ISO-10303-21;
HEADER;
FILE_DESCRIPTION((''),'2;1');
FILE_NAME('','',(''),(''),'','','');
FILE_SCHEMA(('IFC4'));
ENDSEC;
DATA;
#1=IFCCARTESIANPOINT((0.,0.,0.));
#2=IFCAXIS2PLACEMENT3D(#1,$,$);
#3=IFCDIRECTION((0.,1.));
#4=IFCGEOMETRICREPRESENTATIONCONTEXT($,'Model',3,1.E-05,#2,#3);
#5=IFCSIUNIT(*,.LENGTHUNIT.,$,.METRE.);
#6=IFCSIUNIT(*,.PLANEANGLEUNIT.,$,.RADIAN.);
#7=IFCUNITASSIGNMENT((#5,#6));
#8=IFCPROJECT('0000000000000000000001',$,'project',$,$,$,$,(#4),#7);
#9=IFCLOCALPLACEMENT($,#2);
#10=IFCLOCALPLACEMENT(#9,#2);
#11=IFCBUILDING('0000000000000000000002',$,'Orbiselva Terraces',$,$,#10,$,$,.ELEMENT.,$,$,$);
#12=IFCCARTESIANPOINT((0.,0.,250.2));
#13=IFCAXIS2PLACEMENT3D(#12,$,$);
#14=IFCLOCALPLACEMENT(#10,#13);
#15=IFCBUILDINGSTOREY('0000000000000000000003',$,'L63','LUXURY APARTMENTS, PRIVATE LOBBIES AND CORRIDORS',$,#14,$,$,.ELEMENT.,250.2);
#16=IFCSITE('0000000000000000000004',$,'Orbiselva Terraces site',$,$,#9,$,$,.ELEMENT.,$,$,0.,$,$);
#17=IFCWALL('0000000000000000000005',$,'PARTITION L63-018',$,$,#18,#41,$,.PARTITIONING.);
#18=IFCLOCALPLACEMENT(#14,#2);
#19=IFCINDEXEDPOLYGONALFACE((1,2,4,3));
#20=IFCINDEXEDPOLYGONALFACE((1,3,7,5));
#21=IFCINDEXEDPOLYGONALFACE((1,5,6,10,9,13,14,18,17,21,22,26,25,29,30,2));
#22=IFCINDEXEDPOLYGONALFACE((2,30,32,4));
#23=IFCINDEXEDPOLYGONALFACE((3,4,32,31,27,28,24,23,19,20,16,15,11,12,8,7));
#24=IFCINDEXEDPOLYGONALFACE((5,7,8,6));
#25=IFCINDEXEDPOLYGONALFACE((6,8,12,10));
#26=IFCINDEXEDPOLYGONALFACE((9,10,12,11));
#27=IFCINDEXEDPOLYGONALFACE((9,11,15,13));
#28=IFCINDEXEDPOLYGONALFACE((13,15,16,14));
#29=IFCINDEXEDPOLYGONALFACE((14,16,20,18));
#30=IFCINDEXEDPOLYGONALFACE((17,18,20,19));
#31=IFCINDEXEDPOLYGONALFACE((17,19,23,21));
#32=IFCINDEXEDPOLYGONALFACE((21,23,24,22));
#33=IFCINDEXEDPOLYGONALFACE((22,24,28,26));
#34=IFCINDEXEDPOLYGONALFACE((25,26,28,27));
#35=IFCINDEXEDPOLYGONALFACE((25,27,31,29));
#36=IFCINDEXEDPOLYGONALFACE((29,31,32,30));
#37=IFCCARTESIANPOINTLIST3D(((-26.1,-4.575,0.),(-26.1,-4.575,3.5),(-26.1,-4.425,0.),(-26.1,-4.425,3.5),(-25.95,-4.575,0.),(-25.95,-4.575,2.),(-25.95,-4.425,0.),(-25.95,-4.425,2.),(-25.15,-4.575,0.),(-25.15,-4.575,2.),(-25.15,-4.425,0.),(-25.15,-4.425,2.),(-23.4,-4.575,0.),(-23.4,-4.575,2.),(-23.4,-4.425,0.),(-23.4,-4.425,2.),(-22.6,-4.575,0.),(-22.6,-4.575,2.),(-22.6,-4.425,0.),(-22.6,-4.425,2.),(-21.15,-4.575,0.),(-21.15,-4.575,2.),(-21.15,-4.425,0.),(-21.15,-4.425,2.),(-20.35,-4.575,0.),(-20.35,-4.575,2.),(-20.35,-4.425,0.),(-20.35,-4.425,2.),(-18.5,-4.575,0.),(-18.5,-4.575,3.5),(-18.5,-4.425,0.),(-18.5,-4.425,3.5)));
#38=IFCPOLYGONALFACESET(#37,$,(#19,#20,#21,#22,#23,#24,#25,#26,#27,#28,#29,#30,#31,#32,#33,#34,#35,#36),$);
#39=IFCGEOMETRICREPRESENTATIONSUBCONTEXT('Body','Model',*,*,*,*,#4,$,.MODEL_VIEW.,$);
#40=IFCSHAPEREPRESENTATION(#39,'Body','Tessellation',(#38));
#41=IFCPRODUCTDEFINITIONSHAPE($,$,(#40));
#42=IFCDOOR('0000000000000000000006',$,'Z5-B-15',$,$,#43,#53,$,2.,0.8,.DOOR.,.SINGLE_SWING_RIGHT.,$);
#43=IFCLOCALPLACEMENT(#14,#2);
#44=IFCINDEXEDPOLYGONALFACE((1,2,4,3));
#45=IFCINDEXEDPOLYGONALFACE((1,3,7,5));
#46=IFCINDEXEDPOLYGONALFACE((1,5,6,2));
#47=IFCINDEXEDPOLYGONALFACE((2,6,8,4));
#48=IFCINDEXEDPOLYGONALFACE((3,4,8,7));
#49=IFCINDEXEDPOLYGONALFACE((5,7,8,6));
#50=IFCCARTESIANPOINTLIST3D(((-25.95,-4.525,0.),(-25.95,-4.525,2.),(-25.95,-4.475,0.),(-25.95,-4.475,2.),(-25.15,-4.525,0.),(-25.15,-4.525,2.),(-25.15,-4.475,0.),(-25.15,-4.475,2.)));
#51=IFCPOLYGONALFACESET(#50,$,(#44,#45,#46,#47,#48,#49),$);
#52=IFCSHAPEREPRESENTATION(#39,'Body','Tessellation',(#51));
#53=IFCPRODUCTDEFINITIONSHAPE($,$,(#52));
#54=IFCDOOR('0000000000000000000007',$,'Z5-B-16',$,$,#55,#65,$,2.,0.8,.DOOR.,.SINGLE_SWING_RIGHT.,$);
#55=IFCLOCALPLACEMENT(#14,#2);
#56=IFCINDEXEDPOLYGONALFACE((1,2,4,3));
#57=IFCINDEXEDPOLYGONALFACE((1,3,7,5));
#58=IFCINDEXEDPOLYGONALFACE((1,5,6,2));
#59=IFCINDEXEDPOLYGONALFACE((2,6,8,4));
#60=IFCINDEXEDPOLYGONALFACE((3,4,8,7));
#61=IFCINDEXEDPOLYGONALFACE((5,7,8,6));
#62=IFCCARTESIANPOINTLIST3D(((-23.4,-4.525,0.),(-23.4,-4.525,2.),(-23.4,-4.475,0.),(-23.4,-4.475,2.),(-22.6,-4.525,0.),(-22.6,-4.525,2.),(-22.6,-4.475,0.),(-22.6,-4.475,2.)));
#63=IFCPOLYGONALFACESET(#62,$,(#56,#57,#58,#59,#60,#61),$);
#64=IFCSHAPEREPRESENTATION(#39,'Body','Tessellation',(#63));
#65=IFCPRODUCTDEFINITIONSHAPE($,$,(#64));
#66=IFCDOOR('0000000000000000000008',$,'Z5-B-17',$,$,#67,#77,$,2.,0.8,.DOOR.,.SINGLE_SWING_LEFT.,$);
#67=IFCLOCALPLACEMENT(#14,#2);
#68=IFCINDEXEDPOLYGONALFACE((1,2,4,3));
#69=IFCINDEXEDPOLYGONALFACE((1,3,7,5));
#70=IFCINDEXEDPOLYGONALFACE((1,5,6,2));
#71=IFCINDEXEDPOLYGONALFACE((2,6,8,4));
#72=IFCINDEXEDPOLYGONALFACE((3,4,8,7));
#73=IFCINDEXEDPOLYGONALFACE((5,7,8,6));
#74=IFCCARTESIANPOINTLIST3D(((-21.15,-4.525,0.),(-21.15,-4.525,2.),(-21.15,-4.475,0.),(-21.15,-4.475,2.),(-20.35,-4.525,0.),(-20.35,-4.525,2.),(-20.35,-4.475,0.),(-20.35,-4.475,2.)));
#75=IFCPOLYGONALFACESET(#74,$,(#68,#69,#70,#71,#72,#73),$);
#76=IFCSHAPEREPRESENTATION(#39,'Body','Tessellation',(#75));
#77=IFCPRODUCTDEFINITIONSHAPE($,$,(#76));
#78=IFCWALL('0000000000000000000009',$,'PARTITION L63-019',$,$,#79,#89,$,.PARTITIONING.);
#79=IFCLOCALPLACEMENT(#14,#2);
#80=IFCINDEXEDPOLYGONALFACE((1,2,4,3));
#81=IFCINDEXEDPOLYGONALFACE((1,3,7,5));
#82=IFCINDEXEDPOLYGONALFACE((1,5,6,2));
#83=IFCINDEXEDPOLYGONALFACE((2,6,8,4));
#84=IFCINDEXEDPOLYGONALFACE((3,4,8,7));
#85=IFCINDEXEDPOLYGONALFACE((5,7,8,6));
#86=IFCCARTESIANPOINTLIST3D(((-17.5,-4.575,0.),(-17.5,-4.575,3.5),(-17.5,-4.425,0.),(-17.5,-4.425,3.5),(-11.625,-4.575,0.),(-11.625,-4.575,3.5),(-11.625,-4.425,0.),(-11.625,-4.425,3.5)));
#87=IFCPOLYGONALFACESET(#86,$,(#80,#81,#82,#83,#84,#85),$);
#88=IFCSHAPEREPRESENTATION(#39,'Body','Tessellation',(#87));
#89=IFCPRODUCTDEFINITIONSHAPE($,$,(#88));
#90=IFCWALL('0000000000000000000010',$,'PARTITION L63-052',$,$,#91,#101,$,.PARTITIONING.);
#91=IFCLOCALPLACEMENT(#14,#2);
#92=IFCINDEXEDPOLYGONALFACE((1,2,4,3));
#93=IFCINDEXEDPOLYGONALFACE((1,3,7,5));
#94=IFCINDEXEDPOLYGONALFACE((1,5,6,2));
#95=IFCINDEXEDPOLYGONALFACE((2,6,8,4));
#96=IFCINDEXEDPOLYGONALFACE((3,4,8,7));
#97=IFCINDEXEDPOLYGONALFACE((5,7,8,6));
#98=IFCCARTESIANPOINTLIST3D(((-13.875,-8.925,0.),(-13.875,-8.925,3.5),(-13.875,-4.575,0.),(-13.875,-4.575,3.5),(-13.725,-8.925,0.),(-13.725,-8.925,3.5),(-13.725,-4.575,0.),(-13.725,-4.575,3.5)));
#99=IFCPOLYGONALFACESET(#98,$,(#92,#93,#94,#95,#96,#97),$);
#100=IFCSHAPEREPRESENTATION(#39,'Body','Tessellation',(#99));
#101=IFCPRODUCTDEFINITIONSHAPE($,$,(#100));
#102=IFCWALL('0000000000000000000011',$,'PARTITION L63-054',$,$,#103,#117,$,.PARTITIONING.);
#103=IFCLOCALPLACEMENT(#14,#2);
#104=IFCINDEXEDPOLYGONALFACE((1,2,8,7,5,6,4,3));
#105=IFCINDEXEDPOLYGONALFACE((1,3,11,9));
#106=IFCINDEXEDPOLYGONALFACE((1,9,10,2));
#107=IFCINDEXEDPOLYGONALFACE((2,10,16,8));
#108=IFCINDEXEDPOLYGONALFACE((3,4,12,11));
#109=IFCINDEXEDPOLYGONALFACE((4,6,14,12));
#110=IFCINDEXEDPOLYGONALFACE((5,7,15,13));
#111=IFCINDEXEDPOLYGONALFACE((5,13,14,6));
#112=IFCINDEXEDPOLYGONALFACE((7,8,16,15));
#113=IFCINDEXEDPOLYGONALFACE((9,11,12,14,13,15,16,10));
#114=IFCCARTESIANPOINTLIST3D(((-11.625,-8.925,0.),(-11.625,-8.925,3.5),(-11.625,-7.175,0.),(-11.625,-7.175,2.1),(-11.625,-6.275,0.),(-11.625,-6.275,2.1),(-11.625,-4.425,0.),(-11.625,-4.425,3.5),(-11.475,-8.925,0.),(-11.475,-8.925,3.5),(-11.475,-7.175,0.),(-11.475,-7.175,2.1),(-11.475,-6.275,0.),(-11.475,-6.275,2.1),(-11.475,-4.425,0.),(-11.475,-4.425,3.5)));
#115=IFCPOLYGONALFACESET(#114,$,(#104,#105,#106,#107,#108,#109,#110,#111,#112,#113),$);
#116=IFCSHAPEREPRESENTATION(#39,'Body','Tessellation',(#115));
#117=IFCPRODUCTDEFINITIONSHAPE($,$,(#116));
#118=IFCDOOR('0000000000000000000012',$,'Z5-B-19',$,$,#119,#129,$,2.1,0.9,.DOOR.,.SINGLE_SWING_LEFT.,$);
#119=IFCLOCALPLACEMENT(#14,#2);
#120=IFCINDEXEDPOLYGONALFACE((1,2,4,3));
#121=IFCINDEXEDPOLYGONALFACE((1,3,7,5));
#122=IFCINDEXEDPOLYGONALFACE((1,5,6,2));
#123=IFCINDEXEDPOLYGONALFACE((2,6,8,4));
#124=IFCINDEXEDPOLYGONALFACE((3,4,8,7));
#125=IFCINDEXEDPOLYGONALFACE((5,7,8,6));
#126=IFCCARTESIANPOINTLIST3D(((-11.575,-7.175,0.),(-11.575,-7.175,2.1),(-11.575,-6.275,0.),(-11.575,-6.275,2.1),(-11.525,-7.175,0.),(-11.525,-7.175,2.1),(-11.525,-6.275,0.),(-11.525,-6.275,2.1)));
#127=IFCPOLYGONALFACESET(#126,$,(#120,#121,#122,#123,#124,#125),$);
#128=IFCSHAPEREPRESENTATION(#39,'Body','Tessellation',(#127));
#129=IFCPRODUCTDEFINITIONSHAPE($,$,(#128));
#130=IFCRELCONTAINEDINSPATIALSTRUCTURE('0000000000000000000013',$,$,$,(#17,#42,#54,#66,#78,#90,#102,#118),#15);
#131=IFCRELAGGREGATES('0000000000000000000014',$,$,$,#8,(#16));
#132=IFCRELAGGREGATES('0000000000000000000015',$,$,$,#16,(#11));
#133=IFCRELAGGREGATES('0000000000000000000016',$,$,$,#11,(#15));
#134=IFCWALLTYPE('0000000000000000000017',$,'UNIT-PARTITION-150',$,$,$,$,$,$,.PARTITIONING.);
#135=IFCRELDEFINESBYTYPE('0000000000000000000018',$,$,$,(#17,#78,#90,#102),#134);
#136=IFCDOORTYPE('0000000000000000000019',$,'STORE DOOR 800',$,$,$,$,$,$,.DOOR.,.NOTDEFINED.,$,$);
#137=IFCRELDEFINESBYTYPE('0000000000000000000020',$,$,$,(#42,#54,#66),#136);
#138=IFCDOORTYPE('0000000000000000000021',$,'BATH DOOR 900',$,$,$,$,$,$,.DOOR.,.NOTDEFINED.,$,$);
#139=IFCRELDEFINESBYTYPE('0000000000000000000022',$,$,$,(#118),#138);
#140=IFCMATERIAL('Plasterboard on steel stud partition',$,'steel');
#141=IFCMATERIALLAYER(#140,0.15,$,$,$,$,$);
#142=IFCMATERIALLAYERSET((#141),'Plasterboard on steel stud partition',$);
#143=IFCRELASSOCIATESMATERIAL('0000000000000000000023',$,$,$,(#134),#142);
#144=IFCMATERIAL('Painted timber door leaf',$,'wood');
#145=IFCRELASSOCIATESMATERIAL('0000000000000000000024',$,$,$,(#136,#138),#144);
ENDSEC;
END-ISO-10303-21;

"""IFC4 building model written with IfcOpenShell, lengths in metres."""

from ifc_helpers import new_model, si_unit, direction, frame, frame_2d, origin, place, context, subcontext, project, spatial, rectangle, extrude, material, layer, layer_set, type_object, element, fill, save


model = new_model("IFC4")

# Units and contexts
model_context = context("Model", 3, precision=1e-05, world=origin(), true_north=direction((0.0, 1.0)))
body_context = subcontext(model_context, "Body", "Model", "MODEL_VIEW")
ifc_project = project(units=[si_unit("LENGTHUNIT", "METRE"), si_unit("PLANEANGLEUNIT", "RADIAN")], contexts=[model_context])

# Site, building, storey
site_placement = place(None, origin())
site = spatial("IfcSite", under=ifc_project, at=site_placement, Name="Orbiselva Terraces site", CompositionType="ELEMENT", RefElevation=0.0)
building_placement = place(site_placement, origin())
building = spatial("IfcBuilding", under=site, at=building_placement, Name="Orbiselva Terraces", CompositionType="ELEMENT")
storey_placement = place(building_placement, frame((0.0, 0.0, 250.2)))
storey = spatial("IfcBuildingStorey", under=building, at=storey_placement, Name="L63", Description="LUXURY APARTMENTS, PRIVATE LOBBIES AND CORRIDORS", CompositionType="ELEMENT", Elevation=250.2)

# Shared definitions
ifc_material_1 = material(Name="Plasterboard on steel stud partition", Category="steel")

# Shared definitions
ifc_layer_1 = layer(ifc_material_1, 0.15)
ifc_layer_set_1 = layer_set([ifc_layer_1], Name="Plasterboard on steel stud partition")
wall_type_1 = type_object("IfcWallType", Name="UNIT-PARTITION-150", PredefinedType="PARTITIONING", material=ifc_layer_set_1)
ifc_material_2 = material(Name="Painted timber door leaf", Category="wood")

# Wall, openings, doors
wall_1_placement = place(storey_placement, frame((-18.5, -4.5, 0.0), z_axis=(0.0, 0.0, 1.0), x_axis=(-1.0, 0.0, 0.0)))
wall_1 = element("IfcWall", 1, at=wall_1_placement, inside=storey, type_object=wall_type_1, Name="PARTITION L63-018", PredefinedType="PARTITIONING", context=body_context, shape_type="SweptSolid", body=[
    extrude(rectangle(XDim=7.6, YDim=0.15, at=frame_2d((3.8, 0.0))), origin(), (0.0, 0.0, 1.0), 3.5),
])
opening_1_placement = place(wall_1_placement, frame((6.65, 0.0, 0.0)))
opening_1 = element("IfcOpeningElement", 2, at=opening_1_placement, cuts=wall_1, PredefinedType="OPENING", context=body_context, shape_type="SweptSolid", body=[
    extrude(rectangle(XDim=0.8, YDim=2.0, at=frame_2d((0.4, 1.0))), frame((0.0, 0.085, 0.0), z_axis=(0.0, -1.0, 0.0), x_axis=(1.0, 0.0, 0.0)), (0.0, 0.0, 1.0), 0.17),
])
opening_2_placement = place(wall_1_placement, frame((4.1, 0.0, 0.0)))
opening_2 = element("IfcOpeningElement", 3, at=opening_2_placement, cuts=wall_1, PredefinedType="OPENING", context=body_context, shape_type="SweptSolid", body=[
    extrude(rectangle(XDim=0.8, YDim=2.0, at=frame_2d((0.4, 1.0))), frame((0.0, 0.085, 0.0), z_axis=(0.0, -1.0, 0.0), x_axis=(1.0, 0.0, 0.0)), (0.0, 0.0, 1.0), 0.17),
])
opening_3_placement = place(wall_1_placement, frame((1.85, 0.0, 0.0)))
opening_3 = element("IfcOpeningElement", 4, at=opening_3_placement, cuts=wall_1, PredefinedType="OPENING", context=body_context, shape_type="SweptSolid", body=[
    extrude(rectangle(XDim=0.8, YDim=2.0, at=frame_2d((0.4, 1.0))), frame((0.0, 0.085, 0.0), z_axis=(0.0, -1.0, 0.0), x_axis=(1.0, 0.0, 0.0)), (0.0, 0.0, 1.0), 0.17),
])
door_type_1 = type_object("IfcDoorType", Name="STORE DOOR 800", OperationType="NOTDEFINED", PredefinedType="DOOR", material=ifc_material_2)
door_1_placement = place(opening_1_placement, origin())
door_1 = element("IfcDoor", 5, at=door_1_placement, inside=storey, type_object=door_type_1, Name="Z5-B-15", OperationType="SINGLE_SWING_RIGHT", OverallHeight=2.0, OverallWidth=0.8, PredefinedType="DOOR", context=body_context, shape_type="SweptSolid", body=[
    extrude(rectangle(XDim=0.8, YDim=2.0, at=frame_2d((0.4, 1.0))), frame((0.0, 0.025, 0.0), z_axis=(0.0, -1.0, 0.0), x_axis=(1.0, 0.0, 0.0)), (0.0, 0.0, 1.0), 0.05),
])
fill(opening_1, door_1)
door_2_placement = place(opening_2_placement, origin())
door_2 = element("IfcDoor", 6, at=door_2_placement, inside=storey, type_object=door_type_1, Name="Z5-B-16", OperationType="SINGLE_SWING_RIGHT", OverallHeight=2.0, OverallWidth=0.8, PredefinedType="DOOR", context=body_context, shape_type="SweptSolid", body=[
    extrude(rectangle(XDim=0.8, YDim=2.0, at=frame_2d((0.4, 1.0))), frame((0.0, 0.025, 0.0), z_axis=(0.0, -1.0, 0.0), x_axis=(1.0, 0.0, 0.0)), (0.0, 0.0, 1.0), 0.05),
])
fill(opening_2, door_2)
door_3_placement = place(opening_3_placement, origin())
door_3 = element("IfcDoor", 7, at=door_3_placement, inside=storey, type_object=door_type_1, Name="Z5-B-17", OperationType="SINGLE_SWING_LEFT", OverallHeight=2.0, OverallWidth=0.8, PredefinedType="DOOR", context=body_context, shape_type="SweptSolid", body=[
    extrude(rectangle(XDim=0.8, YDim=2.0, at=frame_2d((0.4, 1.0))), frame((0.0, 0.025, 0.0), z_axis=(0.0, -1.0, 0.0), x_axis=(1.0, 0.0, 0.0)), (0.0, 0.0, 1.0), 0.05),
])
fill(opening_3, door_3)

# Walls
wall_2_placement = place(storey_placement, frame((-17.5, -4.5, 0.0), z_axis=(0.0, 0.0, 1.0), x_axis=(1.0, 0.0, 0.0)))
element("IfcWall", 8, at=wall_2_placement, inside=storey, type_object=wall_type_1, Name="PARTITION L63-019", PredefinedType="PARTITIONING", context=body_context, shape_type="SweptSolid", body=[
    extrude(rectangle(XDim=5.875, YDim=0.15, at=frame_2d((2.9375, 0.0))), origin(), (0.0, 0.0, 1.0), 3.5),
])
wall_3_placement = place(storey_placement, frame((-13.8, -8.925, 0.0), z_axis=(0.0, 0.0, 1.0), x_axis=(0.0, 1.0, 0.0)))
element("IfcWall", 9, at=wall_3_placement, inside=storey, type_object=wall_type_1, Name="PARTITION L63-052", PredefinedType="PARTITIONING", context=body_context, shape_type="SweptSolid", body=[
    extrude(rectangle(XDim=4.35, YDim=0.15, at=frame_2d((2.175, 0.0))), origin(), (0.0, 0.0, 1.0), 3.5),
])

# Wall, opening, door
wall_4_placement = place(storey_placement, frame((-11.55, -8.925, 0.0), z_axis=(0.0, 0.0, 1.0), x_axis=(0.0, 1.0, 0.0)))
wall_4 = element("IfcWall", 10, at=wall_4_placement, inside=storey, type_object=wall_type_1, Name="PARTITION L63-054", PredefinedType="PARTITIONING", context=body_context, shape_type="SweptSolid", body=[
    extrude(rectangle(XDim=4.5, YDim=0.15, at=frame_2d((2.25, 0.0))), origin(), (0.0, 0.0, 1.0), 3.5),
])
opening_4_placement = place(wall_4_placement, frame((1.75, 0.0, 0.0)))
opening_4 = element("IfcOpeningElement", 11, at=opening_4_placement, cuts=wall_4, PredefinedType="OPENING", context=body_context, shape_type="SweptSolid", body=[
    extrude(rectangle(XDim=0.9, YDim=2.1, at=frame_2d((0.45, 1.05))), frame((0.0, 0.085, 0.0), z_axis=(0.0, -1.0, 0.0), x_axis=(1.0, 0.0, 0.0)), (0.0, 0.0, 1.0), 0.17),
])
door_type_2 = type_object("IfcDoorType", Name="BATH DOOR 900", OperationType="NOTDEFINED", PredefinedType="DOOR", material=ifc_material_2)
door_4_placement = place(opening_4_placement, origin())
door_4 = element("IfcDoor", 12, at=door_4_placement, inside=storey, type_object=door_type_2, Name="Z5-B-19", OperationType="SINGLE_SWING_LEFT", OverallHeight=2.1, OverallWidth=0.9, PredefinedType="DOOR", context=body_context, shape_type="SweptSolid", body=[
    extrude(rectangle(XDim=0.9, YDim=2.1, at=frame_2d((0.45, 1.05))), frame((0.0, 0.025, 0.0), z_axis=(0.0, -1.0, 0.0), x_axis=(1.0, 0.0, 0.0)), (0.0, 0.0, 1.0), 0.05),
])
fill(opening_4, door_4)

save(model, "model.ifc")
